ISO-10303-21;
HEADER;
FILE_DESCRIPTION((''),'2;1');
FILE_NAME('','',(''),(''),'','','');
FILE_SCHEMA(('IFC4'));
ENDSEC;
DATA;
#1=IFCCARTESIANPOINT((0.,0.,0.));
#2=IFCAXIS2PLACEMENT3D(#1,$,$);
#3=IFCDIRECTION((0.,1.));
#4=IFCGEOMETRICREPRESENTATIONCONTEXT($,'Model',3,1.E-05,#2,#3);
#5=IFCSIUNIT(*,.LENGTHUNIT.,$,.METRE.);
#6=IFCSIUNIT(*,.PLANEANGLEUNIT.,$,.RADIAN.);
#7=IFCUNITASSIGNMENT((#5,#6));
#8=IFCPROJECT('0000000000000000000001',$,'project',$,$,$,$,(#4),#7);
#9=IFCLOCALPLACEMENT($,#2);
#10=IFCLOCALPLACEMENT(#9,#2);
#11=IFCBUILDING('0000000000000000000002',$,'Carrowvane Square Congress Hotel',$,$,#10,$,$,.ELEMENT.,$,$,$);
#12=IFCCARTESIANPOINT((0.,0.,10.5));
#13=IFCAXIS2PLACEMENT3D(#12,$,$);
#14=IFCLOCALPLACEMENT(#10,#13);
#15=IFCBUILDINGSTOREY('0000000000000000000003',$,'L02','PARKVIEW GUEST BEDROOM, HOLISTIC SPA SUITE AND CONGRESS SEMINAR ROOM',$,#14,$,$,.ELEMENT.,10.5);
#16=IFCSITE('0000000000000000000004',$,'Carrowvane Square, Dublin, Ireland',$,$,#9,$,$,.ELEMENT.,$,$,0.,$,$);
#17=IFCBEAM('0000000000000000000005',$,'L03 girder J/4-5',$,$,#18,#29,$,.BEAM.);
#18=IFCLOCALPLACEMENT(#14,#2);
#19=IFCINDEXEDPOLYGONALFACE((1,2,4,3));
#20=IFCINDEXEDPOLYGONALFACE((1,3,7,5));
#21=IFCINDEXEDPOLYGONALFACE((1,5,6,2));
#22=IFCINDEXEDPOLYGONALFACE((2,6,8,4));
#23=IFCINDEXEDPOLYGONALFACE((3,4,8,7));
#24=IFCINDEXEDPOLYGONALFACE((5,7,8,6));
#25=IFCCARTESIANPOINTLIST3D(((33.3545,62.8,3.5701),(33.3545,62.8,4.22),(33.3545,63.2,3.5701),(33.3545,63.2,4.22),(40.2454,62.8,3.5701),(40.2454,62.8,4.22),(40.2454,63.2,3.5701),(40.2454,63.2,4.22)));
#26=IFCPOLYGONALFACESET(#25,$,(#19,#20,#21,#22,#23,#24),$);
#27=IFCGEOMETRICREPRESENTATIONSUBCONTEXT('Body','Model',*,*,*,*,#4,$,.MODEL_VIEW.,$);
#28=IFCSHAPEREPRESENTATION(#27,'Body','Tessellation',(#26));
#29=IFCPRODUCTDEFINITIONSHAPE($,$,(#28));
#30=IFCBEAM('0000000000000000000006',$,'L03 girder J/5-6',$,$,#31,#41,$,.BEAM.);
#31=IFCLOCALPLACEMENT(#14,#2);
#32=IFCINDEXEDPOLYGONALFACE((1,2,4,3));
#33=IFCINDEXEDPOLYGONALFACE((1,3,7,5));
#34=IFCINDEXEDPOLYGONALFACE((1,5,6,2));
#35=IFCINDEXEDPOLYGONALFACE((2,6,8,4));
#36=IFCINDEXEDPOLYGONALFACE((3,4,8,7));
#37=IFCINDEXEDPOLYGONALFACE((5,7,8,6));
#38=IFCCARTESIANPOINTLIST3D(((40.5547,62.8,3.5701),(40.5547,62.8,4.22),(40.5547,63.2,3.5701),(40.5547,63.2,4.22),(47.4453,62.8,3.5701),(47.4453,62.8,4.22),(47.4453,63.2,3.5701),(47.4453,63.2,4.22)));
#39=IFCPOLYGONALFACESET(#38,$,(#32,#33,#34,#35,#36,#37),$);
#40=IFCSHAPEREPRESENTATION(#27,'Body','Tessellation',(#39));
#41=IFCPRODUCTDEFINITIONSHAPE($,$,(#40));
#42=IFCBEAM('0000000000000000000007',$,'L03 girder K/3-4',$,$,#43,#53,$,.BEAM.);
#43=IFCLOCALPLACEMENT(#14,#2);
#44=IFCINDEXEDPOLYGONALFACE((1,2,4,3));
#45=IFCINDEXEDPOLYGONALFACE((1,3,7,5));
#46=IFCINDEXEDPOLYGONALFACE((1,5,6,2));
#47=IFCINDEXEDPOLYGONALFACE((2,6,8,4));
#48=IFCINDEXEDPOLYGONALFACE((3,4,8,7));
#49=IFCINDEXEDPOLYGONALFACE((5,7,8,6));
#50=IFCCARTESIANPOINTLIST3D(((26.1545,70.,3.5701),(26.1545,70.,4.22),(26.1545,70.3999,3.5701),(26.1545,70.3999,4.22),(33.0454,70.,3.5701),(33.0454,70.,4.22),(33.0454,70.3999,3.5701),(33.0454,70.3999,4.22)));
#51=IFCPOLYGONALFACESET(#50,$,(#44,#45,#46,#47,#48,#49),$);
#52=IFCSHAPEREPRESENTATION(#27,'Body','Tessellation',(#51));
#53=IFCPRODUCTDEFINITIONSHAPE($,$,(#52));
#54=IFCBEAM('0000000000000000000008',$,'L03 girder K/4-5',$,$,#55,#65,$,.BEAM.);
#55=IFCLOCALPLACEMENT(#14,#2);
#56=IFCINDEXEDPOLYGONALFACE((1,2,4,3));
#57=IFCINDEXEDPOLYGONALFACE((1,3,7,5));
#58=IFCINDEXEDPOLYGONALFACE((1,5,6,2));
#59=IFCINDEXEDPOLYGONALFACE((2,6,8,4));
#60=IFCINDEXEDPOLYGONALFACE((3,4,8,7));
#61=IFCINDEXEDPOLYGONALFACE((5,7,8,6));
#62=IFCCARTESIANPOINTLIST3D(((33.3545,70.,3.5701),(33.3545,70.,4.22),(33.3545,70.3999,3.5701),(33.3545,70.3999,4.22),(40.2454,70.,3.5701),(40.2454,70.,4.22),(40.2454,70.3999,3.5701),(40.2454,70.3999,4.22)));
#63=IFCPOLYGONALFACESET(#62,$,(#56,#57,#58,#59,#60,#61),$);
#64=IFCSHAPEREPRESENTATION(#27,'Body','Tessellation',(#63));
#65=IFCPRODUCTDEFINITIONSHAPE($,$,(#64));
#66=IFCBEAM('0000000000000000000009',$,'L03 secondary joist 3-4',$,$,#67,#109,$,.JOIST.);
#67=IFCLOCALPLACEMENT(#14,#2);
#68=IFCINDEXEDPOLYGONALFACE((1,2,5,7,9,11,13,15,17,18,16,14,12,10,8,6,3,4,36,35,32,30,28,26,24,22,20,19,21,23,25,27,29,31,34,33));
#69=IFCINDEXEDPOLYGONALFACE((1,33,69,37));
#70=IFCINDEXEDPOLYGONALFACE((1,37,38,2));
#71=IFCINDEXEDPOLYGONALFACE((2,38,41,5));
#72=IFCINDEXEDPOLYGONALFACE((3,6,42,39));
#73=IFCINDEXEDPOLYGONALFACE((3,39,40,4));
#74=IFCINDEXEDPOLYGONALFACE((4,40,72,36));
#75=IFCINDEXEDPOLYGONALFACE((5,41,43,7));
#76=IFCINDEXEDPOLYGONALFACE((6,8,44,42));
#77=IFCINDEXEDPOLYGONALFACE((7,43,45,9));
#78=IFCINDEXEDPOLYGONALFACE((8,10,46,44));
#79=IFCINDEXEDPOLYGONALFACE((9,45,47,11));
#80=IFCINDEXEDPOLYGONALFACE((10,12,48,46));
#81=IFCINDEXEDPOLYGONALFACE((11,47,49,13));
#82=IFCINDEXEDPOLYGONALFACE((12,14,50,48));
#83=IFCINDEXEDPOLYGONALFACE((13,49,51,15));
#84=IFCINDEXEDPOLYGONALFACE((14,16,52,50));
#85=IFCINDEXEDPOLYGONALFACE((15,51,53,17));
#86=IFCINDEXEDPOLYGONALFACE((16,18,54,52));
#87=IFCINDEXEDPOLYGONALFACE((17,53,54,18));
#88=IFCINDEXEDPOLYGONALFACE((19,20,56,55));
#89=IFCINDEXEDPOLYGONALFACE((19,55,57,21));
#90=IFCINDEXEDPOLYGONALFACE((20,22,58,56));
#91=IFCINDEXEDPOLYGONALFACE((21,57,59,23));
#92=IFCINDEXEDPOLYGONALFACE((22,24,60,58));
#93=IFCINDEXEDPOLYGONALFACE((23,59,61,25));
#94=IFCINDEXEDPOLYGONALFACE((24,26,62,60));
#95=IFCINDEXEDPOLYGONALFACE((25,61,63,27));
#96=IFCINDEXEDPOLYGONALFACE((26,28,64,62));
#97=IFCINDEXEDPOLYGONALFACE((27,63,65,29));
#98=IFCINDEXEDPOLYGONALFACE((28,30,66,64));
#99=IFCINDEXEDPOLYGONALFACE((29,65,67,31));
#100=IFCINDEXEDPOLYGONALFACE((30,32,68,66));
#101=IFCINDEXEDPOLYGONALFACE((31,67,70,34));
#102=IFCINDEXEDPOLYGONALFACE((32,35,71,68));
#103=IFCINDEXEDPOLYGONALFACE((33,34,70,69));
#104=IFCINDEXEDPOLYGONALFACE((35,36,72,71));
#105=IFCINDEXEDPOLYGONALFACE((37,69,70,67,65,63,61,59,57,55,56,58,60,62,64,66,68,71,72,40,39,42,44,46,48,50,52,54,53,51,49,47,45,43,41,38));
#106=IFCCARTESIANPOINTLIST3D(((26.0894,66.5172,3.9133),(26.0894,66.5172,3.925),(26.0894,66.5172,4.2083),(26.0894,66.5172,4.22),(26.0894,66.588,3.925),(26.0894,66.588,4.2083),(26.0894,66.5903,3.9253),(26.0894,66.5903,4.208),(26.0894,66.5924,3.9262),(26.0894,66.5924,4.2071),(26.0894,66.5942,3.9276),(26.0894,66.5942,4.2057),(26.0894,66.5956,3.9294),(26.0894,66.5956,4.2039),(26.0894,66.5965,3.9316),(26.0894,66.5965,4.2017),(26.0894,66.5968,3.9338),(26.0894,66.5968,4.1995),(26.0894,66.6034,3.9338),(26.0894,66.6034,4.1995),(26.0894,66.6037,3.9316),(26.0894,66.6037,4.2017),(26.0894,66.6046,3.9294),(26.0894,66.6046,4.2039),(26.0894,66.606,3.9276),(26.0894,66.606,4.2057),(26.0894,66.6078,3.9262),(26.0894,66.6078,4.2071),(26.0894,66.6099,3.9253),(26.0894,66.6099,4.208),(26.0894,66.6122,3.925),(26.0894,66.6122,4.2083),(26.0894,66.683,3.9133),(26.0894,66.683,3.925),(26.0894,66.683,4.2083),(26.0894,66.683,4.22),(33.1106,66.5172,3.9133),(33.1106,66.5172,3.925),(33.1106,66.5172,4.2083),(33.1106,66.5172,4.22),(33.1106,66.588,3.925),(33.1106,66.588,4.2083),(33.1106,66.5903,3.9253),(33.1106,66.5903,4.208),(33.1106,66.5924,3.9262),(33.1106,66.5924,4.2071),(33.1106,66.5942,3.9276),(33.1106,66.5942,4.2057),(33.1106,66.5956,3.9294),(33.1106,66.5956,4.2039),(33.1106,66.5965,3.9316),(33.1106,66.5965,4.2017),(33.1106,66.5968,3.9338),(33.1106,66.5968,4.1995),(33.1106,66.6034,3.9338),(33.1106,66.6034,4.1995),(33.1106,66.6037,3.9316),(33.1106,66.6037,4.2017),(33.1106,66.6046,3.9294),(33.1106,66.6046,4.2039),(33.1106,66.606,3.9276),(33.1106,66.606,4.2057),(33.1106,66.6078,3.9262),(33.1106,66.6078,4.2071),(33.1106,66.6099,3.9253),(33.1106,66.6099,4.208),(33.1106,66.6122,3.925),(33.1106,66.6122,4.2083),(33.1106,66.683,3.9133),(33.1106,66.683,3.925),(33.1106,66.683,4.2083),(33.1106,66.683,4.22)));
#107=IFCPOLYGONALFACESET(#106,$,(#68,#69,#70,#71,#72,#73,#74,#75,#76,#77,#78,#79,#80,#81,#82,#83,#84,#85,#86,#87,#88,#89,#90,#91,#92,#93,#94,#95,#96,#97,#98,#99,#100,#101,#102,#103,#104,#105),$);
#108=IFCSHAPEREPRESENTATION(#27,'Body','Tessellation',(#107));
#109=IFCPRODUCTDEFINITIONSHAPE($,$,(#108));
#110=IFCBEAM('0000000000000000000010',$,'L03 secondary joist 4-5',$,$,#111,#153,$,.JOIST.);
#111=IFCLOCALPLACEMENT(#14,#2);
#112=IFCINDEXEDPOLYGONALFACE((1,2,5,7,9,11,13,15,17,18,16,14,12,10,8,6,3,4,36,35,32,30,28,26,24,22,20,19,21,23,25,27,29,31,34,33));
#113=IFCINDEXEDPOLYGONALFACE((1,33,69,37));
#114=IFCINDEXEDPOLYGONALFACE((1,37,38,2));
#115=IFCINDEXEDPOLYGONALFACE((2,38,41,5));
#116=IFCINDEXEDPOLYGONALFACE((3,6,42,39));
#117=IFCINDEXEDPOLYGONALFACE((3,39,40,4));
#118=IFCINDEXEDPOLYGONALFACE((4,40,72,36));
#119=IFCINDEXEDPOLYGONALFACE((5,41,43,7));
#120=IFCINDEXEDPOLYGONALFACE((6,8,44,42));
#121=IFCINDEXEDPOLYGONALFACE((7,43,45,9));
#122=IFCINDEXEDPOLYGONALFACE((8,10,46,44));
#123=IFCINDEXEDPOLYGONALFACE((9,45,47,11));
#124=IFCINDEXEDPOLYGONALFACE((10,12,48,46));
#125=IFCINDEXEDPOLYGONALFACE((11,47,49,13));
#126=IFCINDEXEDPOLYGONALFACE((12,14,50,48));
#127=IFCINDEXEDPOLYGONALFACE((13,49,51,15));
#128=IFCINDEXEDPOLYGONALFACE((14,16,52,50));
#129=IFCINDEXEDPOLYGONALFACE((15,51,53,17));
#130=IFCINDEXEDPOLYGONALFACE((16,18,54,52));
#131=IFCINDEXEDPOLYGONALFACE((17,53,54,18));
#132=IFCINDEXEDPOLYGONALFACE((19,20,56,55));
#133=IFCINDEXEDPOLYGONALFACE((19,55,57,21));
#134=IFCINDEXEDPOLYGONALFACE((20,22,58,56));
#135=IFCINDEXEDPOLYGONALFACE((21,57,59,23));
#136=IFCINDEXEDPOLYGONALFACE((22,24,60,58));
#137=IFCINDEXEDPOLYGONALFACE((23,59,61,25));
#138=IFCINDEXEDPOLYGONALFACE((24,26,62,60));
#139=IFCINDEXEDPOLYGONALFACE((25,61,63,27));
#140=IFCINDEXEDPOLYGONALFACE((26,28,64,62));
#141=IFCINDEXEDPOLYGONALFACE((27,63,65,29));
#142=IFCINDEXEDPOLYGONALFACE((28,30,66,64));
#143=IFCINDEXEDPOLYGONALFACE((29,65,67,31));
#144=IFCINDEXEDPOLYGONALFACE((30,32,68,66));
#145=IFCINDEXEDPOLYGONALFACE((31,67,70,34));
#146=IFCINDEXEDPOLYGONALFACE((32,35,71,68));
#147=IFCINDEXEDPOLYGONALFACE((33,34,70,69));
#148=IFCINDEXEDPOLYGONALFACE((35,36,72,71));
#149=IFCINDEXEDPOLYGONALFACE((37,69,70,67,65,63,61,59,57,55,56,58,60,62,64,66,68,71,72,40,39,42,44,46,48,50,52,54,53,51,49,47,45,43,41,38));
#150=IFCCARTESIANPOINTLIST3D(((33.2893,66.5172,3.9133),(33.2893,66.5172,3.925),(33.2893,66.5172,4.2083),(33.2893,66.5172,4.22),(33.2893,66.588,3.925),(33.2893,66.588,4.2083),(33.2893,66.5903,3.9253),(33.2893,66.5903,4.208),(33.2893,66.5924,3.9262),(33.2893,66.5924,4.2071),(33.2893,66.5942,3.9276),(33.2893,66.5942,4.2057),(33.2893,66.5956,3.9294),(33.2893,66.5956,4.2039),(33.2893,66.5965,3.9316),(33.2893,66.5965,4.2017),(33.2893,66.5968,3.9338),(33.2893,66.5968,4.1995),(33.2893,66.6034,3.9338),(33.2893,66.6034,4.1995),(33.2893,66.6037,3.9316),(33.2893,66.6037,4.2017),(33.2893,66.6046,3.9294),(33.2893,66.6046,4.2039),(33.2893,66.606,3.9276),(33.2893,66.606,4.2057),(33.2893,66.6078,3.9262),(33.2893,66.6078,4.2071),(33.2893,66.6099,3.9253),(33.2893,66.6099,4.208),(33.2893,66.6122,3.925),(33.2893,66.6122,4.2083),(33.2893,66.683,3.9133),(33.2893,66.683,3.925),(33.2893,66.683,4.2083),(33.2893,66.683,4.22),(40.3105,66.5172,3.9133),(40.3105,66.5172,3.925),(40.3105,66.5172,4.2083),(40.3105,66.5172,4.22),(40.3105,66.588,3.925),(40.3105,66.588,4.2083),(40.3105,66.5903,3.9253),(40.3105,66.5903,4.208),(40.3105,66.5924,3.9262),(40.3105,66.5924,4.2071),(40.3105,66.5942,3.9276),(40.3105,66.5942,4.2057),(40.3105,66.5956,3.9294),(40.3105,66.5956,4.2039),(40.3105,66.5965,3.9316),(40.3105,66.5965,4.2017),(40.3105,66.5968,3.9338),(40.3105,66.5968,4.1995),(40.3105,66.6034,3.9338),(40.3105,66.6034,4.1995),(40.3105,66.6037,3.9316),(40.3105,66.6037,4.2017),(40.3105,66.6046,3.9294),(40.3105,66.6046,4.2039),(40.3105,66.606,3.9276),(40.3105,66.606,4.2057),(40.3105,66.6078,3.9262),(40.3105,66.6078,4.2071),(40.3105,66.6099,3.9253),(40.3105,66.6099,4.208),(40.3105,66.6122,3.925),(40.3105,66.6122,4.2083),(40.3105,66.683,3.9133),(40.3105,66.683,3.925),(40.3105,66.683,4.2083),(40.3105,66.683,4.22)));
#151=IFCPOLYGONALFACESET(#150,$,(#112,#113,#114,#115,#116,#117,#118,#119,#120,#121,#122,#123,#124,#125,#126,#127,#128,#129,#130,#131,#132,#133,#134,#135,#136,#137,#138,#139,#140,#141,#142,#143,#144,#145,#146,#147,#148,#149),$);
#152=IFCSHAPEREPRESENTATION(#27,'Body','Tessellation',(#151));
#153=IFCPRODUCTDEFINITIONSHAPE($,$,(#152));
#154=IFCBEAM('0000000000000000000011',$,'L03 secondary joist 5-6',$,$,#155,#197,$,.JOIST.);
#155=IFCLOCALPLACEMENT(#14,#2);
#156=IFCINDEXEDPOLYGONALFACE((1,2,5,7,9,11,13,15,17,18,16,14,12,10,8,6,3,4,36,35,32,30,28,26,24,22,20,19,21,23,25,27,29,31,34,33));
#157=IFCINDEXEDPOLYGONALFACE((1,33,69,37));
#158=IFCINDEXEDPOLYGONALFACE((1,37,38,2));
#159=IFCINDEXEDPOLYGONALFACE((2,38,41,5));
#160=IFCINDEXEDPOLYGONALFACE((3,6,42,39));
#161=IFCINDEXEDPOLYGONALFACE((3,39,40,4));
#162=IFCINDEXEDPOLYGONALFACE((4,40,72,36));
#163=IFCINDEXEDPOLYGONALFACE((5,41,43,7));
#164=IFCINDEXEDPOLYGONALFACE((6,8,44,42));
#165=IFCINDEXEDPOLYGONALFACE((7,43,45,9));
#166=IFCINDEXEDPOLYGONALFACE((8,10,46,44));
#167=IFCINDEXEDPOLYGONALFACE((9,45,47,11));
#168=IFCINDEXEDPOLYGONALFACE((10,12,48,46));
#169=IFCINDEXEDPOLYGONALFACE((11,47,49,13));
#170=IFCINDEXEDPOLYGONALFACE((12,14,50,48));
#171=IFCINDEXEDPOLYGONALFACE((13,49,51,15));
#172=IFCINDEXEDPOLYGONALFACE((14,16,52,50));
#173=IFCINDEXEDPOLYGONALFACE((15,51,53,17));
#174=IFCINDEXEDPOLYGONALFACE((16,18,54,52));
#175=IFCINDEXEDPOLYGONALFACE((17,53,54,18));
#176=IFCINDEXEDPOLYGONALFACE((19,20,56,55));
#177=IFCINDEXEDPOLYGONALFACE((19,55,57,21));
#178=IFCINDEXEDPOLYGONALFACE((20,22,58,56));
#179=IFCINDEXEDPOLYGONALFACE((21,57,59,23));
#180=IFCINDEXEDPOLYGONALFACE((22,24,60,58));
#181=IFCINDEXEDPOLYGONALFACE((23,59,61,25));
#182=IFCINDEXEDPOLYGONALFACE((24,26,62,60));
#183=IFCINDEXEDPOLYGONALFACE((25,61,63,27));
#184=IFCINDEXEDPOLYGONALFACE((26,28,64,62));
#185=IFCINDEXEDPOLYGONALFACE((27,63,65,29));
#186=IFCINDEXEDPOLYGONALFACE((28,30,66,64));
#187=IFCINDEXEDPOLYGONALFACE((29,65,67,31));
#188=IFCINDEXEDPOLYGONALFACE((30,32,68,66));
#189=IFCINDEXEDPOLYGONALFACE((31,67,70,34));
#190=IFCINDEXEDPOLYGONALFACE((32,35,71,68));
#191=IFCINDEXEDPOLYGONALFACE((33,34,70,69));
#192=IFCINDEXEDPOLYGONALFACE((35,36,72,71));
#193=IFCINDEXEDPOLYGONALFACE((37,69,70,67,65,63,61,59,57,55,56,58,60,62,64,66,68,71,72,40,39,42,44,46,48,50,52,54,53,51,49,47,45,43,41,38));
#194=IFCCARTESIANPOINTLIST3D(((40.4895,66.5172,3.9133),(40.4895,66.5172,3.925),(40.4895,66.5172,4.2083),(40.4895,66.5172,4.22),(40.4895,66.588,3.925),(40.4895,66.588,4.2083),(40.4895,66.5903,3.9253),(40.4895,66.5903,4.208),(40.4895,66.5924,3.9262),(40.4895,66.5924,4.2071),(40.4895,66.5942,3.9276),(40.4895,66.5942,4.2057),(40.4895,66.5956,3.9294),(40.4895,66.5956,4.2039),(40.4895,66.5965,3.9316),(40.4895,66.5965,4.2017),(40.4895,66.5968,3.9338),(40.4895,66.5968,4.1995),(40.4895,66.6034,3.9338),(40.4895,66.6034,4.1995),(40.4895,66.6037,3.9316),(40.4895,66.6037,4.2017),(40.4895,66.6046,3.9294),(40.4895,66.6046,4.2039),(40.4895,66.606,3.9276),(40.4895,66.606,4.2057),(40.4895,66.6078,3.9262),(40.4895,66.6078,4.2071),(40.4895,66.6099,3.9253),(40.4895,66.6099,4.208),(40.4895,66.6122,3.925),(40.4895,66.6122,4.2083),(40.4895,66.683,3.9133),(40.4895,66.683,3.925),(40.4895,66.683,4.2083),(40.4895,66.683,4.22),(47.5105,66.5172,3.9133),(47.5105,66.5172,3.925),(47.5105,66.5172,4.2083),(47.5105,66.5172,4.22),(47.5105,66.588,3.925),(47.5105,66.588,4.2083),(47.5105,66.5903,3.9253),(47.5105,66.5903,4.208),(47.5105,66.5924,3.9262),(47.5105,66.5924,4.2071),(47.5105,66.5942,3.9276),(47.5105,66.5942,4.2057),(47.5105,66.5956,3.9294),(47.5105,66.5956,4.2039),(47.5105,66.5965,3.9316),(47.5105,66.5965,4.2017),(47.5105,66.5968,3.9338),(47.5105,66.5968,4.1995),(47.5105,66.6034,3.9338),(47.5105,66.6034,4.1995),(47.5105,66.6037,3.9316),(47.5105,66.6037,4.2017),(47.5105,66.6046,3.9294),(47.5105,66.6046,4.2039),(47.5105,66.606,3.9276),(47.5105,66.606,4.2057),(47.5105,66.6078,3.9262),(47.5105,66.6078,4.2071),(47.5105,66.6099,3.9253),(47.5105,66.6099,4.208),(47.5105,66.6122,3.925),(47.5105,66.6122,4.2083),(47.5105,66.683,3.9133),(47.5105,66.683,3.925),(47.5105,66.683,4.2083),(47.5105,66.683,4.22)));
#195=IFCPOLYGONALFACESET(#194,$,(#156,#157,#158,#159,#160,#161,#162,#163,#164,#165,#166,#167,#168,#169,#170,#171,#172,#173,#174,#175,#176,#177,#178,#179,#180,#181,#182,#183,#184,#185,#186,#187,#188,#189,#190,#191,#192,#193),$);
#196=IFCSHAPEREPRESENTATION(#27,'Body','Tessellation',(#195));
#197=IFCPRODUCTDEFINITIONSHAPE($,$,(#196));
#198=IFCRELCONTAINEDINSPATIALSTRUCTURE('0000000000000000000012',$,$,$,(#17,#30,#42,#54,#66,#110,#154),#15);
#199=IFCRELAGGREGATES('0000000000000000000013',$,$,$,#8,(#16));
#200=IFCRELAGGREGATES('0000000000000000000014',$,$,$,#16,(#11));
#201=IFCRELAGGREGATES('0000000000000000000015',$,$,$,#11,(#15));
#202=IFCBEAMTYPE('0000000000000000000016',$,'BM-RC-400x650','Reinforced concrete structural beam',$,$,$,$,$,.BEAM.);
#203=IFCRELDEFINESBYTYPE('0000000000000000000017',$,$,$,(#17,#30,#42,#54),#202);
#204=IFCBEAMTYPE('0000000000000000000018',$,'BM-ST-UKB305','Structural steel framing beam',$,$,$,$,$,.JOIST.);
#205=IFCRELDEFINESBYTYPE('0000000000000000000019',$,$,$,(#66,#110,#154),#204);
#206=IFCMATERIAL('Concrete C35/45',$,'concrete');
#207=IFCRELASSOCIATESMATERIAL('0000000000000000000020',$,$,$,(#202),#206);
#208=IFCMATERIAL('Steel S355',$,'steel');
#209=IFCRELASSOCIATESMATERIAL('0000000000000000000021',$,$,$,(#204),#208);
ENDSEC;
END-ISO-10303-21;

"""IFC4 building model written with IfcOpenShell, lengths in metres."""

from ifc_helpers import new_model, si_unit, direction, frame, origin, origin_2d, place, context, subcontext, project, spatial, rectangle, i_section, extrude, material, material_profile, profile_set, type_object, element, save


model = new_model("IFC4")

# Units and contexts
model_context = context("Model", 3, precision=1e-05, world=origin(), true_north=direction((0.0, 1.0)))
body_context = subcontext(model_context, "Body", "Model", "MODEL_VIEW")
ifc_project = project(units=[si_unit("LENGTHUNIT", "METRE"), si_unit("PLANEANGLEUNIT", "RADIAN")], contexts=[model_context])

# Site, building, storey
site_placement = place(None, origin())
site = spatial("IfcSite", under=ifc_project, at=site_placement, Name="Carrowvane Square, Dublin, Ireland", CompositionType="ELEMENT", RefElevation=0.0)
building_placement = place(site_placement, origin())
building = spatial("IfcBuilding", under=site, at=building_placement, Name="Carrowvane Square Congress Hotel", CompositionType="ELEMENT")
storey_placement = place(building_placement, frame((0.0, 0.0, 10.5)))
storey = spatial("IfcBuildingStorey", under=building, at=storey_placement, Name="L02", Description="PARKVIEW GUEST BEDROOM, HOLISTIC SPA SUITE AND CONGRESS SEMINAR ROOM", CompositionType="ELEMENT", Elevation=10.5)

# Beams
ifc_material_1 = material(Name="Concrete C35/45", Category="concrete")
ifc_material_profile_1 = material_profile(ifc_material_1, rectangle(XDim=0.3999, YDim=0.6499, at=origin_2d()), Name="RC 400x650")
ifc_profile_set_1 = profile_set([ifc_material_profile_1], Name="Concrete C35/45")
beam_type_1 = type_object("IfcBeamType", Name="BM-RC-400x650", Description="Reinforced concrete structural beam", PredefinedType="BEAM", material=ifc_profile_set_1)
for number, where, z_axis, x_axis, name in (
    (1, (33.3545, 63.0, 3.895), (1.0, 0.0, 0.0), (0.0, 1.0, 0.0), "L03 girder J/4-5"),
):
    element("IfcBeam", number, at=place(storey_placement, frame(where, z_axis=z_axis, x_axis=x_axis)), inside=storey, type_object=beam_type_1, Name=name, PredefinedType="BEAM", context=body_context, shape_type="SweptSolid", body=[
        extrude(rectangle(XDim=0.3999, YDim=0.6499, at=origin_2d()), origin(), (0.0, 0.0, 1.0), 6.8909),
    ])
beam_1_placement = place(storey_placement, frame((40.5547, 63.0, 3.895), z_axis=(1.0, 0.0, 0.0), x_axis=(0.0, 1.0, 0.0)))
element("IfcBeam", 2, at=beam_1_placement, inside=storey, type_object=beam_type_1, Name="L03 girder J/5-6", PredefinedType="BEAM", context=body_context, shape_type="SweptSolid", body=[
    extrude(rectangle(XDim=0.3999, YDim=0.6499, at=origin_2d()), origin(), (0.0, 0.0, 1.0), 6.8906),
])
for number, where, z_axis, x_axis, name in (
    (3, (26.1545, 70.2, 3.895), (1.0, 0.0, 0.0), (0.0, 1.0, 0.0), "L03 girder K/3-4"),
    (4, (33.3545, 70.2, 3.895), (1.0, 0.0, 0.0), (0.0, 1.0, 0.0), "L03 girder K/4-5"),
):
    element("IfcBeam", number, at=place(storey_placement, frame(where, z_axis=z_axis, x_axis=x_axis)), inside=storey, type_object=beam_type_1, Name=name, PredefinedType="BEAM", context=body_context, shape_type="SweptSolid", body=[
        extrude(rectangle(XDim=0.3999, YDim=0.6499, at=origin_2d()), origin(), (0.0, 0.0, 1.0), 6.8909),
    ])
ifc_material_2 = material(Name="Steel S355", Category="steel")
ifc_material_profile_2 = material_profile(ifc_material_2, i_section(OverallWidth=0.1658, OverallDepth=0.3066, WebThickness=0.0066, FlangeThickness=0.0117, FilletRadius=0.0088, at=origin_2d()), Name="UKB 305x165x46")
ifc_profile_set_2 = profile_set([ifc_material_profile_2], Name="Steel S355")
beam_type_2 = type_object("IfcBeamType", Name="BM-ST-UKB305", Description="Structural steel framing beam", PredefinedType="JOIST", material=ifc_profile_set_2)
for number, where, z_axis, x_axis, name in (
    (5, (26.0894, 66.6001, 4.0667), (1.0, 0.0, 0.0), (0.0, 1.0, 0.0), "L03 secondary joist 3-4"),
    (6, (33.2893, 66.6001, 4.0667), (1.0, 0.0, 0.0), (0.0, 1.0, 0.0), "L03 secondary joist 4-5"),
):
    element("IfcBeam", number, at=place(storey_placement, frame(where, z_axis=z_axis, x_axis=x_axis)), inside=storey, type_object=beam_type_2, Name=name, PredefinedType="JOIST", context=body_context, shape_type="SweptSolid", body=[
        extrude(i_section(OverallWidth=0.1658, OverallDepth=0.3066, WebThickness=0.0066, FlangeThickness=0.0117, FilletRadius=0.0088, at=origin_2d()), origin(), (0.0, 0.0, 1.0), 7.0212),
    ])
beam_2_placement = place(storey_placement, frame((40.4895, 66.6001, 4.0667), z_axis=(1.0, 0.0, 0.0), x_axis=(0.0, 1.0, 0.0)))
element("IfcBeam", 7, at=beam_2_placement, inside=storey, type_object=beam_type_2, Name="L03 secondary joist 5-6", PredefinedType="JOIST", context=body_context, shape_type="SweptSolid", body=[
    extrude(i_section(OverallWidth=0.1658, OverallDepth=0.3066, WebThickness=0.0066, FlangeThickness=0.0117, FilletRadius=0.0088, at=origin_2d()), origin(), (0.0, 0.0, 1.0), 7.021),
])

save(model, "model.ifc")
